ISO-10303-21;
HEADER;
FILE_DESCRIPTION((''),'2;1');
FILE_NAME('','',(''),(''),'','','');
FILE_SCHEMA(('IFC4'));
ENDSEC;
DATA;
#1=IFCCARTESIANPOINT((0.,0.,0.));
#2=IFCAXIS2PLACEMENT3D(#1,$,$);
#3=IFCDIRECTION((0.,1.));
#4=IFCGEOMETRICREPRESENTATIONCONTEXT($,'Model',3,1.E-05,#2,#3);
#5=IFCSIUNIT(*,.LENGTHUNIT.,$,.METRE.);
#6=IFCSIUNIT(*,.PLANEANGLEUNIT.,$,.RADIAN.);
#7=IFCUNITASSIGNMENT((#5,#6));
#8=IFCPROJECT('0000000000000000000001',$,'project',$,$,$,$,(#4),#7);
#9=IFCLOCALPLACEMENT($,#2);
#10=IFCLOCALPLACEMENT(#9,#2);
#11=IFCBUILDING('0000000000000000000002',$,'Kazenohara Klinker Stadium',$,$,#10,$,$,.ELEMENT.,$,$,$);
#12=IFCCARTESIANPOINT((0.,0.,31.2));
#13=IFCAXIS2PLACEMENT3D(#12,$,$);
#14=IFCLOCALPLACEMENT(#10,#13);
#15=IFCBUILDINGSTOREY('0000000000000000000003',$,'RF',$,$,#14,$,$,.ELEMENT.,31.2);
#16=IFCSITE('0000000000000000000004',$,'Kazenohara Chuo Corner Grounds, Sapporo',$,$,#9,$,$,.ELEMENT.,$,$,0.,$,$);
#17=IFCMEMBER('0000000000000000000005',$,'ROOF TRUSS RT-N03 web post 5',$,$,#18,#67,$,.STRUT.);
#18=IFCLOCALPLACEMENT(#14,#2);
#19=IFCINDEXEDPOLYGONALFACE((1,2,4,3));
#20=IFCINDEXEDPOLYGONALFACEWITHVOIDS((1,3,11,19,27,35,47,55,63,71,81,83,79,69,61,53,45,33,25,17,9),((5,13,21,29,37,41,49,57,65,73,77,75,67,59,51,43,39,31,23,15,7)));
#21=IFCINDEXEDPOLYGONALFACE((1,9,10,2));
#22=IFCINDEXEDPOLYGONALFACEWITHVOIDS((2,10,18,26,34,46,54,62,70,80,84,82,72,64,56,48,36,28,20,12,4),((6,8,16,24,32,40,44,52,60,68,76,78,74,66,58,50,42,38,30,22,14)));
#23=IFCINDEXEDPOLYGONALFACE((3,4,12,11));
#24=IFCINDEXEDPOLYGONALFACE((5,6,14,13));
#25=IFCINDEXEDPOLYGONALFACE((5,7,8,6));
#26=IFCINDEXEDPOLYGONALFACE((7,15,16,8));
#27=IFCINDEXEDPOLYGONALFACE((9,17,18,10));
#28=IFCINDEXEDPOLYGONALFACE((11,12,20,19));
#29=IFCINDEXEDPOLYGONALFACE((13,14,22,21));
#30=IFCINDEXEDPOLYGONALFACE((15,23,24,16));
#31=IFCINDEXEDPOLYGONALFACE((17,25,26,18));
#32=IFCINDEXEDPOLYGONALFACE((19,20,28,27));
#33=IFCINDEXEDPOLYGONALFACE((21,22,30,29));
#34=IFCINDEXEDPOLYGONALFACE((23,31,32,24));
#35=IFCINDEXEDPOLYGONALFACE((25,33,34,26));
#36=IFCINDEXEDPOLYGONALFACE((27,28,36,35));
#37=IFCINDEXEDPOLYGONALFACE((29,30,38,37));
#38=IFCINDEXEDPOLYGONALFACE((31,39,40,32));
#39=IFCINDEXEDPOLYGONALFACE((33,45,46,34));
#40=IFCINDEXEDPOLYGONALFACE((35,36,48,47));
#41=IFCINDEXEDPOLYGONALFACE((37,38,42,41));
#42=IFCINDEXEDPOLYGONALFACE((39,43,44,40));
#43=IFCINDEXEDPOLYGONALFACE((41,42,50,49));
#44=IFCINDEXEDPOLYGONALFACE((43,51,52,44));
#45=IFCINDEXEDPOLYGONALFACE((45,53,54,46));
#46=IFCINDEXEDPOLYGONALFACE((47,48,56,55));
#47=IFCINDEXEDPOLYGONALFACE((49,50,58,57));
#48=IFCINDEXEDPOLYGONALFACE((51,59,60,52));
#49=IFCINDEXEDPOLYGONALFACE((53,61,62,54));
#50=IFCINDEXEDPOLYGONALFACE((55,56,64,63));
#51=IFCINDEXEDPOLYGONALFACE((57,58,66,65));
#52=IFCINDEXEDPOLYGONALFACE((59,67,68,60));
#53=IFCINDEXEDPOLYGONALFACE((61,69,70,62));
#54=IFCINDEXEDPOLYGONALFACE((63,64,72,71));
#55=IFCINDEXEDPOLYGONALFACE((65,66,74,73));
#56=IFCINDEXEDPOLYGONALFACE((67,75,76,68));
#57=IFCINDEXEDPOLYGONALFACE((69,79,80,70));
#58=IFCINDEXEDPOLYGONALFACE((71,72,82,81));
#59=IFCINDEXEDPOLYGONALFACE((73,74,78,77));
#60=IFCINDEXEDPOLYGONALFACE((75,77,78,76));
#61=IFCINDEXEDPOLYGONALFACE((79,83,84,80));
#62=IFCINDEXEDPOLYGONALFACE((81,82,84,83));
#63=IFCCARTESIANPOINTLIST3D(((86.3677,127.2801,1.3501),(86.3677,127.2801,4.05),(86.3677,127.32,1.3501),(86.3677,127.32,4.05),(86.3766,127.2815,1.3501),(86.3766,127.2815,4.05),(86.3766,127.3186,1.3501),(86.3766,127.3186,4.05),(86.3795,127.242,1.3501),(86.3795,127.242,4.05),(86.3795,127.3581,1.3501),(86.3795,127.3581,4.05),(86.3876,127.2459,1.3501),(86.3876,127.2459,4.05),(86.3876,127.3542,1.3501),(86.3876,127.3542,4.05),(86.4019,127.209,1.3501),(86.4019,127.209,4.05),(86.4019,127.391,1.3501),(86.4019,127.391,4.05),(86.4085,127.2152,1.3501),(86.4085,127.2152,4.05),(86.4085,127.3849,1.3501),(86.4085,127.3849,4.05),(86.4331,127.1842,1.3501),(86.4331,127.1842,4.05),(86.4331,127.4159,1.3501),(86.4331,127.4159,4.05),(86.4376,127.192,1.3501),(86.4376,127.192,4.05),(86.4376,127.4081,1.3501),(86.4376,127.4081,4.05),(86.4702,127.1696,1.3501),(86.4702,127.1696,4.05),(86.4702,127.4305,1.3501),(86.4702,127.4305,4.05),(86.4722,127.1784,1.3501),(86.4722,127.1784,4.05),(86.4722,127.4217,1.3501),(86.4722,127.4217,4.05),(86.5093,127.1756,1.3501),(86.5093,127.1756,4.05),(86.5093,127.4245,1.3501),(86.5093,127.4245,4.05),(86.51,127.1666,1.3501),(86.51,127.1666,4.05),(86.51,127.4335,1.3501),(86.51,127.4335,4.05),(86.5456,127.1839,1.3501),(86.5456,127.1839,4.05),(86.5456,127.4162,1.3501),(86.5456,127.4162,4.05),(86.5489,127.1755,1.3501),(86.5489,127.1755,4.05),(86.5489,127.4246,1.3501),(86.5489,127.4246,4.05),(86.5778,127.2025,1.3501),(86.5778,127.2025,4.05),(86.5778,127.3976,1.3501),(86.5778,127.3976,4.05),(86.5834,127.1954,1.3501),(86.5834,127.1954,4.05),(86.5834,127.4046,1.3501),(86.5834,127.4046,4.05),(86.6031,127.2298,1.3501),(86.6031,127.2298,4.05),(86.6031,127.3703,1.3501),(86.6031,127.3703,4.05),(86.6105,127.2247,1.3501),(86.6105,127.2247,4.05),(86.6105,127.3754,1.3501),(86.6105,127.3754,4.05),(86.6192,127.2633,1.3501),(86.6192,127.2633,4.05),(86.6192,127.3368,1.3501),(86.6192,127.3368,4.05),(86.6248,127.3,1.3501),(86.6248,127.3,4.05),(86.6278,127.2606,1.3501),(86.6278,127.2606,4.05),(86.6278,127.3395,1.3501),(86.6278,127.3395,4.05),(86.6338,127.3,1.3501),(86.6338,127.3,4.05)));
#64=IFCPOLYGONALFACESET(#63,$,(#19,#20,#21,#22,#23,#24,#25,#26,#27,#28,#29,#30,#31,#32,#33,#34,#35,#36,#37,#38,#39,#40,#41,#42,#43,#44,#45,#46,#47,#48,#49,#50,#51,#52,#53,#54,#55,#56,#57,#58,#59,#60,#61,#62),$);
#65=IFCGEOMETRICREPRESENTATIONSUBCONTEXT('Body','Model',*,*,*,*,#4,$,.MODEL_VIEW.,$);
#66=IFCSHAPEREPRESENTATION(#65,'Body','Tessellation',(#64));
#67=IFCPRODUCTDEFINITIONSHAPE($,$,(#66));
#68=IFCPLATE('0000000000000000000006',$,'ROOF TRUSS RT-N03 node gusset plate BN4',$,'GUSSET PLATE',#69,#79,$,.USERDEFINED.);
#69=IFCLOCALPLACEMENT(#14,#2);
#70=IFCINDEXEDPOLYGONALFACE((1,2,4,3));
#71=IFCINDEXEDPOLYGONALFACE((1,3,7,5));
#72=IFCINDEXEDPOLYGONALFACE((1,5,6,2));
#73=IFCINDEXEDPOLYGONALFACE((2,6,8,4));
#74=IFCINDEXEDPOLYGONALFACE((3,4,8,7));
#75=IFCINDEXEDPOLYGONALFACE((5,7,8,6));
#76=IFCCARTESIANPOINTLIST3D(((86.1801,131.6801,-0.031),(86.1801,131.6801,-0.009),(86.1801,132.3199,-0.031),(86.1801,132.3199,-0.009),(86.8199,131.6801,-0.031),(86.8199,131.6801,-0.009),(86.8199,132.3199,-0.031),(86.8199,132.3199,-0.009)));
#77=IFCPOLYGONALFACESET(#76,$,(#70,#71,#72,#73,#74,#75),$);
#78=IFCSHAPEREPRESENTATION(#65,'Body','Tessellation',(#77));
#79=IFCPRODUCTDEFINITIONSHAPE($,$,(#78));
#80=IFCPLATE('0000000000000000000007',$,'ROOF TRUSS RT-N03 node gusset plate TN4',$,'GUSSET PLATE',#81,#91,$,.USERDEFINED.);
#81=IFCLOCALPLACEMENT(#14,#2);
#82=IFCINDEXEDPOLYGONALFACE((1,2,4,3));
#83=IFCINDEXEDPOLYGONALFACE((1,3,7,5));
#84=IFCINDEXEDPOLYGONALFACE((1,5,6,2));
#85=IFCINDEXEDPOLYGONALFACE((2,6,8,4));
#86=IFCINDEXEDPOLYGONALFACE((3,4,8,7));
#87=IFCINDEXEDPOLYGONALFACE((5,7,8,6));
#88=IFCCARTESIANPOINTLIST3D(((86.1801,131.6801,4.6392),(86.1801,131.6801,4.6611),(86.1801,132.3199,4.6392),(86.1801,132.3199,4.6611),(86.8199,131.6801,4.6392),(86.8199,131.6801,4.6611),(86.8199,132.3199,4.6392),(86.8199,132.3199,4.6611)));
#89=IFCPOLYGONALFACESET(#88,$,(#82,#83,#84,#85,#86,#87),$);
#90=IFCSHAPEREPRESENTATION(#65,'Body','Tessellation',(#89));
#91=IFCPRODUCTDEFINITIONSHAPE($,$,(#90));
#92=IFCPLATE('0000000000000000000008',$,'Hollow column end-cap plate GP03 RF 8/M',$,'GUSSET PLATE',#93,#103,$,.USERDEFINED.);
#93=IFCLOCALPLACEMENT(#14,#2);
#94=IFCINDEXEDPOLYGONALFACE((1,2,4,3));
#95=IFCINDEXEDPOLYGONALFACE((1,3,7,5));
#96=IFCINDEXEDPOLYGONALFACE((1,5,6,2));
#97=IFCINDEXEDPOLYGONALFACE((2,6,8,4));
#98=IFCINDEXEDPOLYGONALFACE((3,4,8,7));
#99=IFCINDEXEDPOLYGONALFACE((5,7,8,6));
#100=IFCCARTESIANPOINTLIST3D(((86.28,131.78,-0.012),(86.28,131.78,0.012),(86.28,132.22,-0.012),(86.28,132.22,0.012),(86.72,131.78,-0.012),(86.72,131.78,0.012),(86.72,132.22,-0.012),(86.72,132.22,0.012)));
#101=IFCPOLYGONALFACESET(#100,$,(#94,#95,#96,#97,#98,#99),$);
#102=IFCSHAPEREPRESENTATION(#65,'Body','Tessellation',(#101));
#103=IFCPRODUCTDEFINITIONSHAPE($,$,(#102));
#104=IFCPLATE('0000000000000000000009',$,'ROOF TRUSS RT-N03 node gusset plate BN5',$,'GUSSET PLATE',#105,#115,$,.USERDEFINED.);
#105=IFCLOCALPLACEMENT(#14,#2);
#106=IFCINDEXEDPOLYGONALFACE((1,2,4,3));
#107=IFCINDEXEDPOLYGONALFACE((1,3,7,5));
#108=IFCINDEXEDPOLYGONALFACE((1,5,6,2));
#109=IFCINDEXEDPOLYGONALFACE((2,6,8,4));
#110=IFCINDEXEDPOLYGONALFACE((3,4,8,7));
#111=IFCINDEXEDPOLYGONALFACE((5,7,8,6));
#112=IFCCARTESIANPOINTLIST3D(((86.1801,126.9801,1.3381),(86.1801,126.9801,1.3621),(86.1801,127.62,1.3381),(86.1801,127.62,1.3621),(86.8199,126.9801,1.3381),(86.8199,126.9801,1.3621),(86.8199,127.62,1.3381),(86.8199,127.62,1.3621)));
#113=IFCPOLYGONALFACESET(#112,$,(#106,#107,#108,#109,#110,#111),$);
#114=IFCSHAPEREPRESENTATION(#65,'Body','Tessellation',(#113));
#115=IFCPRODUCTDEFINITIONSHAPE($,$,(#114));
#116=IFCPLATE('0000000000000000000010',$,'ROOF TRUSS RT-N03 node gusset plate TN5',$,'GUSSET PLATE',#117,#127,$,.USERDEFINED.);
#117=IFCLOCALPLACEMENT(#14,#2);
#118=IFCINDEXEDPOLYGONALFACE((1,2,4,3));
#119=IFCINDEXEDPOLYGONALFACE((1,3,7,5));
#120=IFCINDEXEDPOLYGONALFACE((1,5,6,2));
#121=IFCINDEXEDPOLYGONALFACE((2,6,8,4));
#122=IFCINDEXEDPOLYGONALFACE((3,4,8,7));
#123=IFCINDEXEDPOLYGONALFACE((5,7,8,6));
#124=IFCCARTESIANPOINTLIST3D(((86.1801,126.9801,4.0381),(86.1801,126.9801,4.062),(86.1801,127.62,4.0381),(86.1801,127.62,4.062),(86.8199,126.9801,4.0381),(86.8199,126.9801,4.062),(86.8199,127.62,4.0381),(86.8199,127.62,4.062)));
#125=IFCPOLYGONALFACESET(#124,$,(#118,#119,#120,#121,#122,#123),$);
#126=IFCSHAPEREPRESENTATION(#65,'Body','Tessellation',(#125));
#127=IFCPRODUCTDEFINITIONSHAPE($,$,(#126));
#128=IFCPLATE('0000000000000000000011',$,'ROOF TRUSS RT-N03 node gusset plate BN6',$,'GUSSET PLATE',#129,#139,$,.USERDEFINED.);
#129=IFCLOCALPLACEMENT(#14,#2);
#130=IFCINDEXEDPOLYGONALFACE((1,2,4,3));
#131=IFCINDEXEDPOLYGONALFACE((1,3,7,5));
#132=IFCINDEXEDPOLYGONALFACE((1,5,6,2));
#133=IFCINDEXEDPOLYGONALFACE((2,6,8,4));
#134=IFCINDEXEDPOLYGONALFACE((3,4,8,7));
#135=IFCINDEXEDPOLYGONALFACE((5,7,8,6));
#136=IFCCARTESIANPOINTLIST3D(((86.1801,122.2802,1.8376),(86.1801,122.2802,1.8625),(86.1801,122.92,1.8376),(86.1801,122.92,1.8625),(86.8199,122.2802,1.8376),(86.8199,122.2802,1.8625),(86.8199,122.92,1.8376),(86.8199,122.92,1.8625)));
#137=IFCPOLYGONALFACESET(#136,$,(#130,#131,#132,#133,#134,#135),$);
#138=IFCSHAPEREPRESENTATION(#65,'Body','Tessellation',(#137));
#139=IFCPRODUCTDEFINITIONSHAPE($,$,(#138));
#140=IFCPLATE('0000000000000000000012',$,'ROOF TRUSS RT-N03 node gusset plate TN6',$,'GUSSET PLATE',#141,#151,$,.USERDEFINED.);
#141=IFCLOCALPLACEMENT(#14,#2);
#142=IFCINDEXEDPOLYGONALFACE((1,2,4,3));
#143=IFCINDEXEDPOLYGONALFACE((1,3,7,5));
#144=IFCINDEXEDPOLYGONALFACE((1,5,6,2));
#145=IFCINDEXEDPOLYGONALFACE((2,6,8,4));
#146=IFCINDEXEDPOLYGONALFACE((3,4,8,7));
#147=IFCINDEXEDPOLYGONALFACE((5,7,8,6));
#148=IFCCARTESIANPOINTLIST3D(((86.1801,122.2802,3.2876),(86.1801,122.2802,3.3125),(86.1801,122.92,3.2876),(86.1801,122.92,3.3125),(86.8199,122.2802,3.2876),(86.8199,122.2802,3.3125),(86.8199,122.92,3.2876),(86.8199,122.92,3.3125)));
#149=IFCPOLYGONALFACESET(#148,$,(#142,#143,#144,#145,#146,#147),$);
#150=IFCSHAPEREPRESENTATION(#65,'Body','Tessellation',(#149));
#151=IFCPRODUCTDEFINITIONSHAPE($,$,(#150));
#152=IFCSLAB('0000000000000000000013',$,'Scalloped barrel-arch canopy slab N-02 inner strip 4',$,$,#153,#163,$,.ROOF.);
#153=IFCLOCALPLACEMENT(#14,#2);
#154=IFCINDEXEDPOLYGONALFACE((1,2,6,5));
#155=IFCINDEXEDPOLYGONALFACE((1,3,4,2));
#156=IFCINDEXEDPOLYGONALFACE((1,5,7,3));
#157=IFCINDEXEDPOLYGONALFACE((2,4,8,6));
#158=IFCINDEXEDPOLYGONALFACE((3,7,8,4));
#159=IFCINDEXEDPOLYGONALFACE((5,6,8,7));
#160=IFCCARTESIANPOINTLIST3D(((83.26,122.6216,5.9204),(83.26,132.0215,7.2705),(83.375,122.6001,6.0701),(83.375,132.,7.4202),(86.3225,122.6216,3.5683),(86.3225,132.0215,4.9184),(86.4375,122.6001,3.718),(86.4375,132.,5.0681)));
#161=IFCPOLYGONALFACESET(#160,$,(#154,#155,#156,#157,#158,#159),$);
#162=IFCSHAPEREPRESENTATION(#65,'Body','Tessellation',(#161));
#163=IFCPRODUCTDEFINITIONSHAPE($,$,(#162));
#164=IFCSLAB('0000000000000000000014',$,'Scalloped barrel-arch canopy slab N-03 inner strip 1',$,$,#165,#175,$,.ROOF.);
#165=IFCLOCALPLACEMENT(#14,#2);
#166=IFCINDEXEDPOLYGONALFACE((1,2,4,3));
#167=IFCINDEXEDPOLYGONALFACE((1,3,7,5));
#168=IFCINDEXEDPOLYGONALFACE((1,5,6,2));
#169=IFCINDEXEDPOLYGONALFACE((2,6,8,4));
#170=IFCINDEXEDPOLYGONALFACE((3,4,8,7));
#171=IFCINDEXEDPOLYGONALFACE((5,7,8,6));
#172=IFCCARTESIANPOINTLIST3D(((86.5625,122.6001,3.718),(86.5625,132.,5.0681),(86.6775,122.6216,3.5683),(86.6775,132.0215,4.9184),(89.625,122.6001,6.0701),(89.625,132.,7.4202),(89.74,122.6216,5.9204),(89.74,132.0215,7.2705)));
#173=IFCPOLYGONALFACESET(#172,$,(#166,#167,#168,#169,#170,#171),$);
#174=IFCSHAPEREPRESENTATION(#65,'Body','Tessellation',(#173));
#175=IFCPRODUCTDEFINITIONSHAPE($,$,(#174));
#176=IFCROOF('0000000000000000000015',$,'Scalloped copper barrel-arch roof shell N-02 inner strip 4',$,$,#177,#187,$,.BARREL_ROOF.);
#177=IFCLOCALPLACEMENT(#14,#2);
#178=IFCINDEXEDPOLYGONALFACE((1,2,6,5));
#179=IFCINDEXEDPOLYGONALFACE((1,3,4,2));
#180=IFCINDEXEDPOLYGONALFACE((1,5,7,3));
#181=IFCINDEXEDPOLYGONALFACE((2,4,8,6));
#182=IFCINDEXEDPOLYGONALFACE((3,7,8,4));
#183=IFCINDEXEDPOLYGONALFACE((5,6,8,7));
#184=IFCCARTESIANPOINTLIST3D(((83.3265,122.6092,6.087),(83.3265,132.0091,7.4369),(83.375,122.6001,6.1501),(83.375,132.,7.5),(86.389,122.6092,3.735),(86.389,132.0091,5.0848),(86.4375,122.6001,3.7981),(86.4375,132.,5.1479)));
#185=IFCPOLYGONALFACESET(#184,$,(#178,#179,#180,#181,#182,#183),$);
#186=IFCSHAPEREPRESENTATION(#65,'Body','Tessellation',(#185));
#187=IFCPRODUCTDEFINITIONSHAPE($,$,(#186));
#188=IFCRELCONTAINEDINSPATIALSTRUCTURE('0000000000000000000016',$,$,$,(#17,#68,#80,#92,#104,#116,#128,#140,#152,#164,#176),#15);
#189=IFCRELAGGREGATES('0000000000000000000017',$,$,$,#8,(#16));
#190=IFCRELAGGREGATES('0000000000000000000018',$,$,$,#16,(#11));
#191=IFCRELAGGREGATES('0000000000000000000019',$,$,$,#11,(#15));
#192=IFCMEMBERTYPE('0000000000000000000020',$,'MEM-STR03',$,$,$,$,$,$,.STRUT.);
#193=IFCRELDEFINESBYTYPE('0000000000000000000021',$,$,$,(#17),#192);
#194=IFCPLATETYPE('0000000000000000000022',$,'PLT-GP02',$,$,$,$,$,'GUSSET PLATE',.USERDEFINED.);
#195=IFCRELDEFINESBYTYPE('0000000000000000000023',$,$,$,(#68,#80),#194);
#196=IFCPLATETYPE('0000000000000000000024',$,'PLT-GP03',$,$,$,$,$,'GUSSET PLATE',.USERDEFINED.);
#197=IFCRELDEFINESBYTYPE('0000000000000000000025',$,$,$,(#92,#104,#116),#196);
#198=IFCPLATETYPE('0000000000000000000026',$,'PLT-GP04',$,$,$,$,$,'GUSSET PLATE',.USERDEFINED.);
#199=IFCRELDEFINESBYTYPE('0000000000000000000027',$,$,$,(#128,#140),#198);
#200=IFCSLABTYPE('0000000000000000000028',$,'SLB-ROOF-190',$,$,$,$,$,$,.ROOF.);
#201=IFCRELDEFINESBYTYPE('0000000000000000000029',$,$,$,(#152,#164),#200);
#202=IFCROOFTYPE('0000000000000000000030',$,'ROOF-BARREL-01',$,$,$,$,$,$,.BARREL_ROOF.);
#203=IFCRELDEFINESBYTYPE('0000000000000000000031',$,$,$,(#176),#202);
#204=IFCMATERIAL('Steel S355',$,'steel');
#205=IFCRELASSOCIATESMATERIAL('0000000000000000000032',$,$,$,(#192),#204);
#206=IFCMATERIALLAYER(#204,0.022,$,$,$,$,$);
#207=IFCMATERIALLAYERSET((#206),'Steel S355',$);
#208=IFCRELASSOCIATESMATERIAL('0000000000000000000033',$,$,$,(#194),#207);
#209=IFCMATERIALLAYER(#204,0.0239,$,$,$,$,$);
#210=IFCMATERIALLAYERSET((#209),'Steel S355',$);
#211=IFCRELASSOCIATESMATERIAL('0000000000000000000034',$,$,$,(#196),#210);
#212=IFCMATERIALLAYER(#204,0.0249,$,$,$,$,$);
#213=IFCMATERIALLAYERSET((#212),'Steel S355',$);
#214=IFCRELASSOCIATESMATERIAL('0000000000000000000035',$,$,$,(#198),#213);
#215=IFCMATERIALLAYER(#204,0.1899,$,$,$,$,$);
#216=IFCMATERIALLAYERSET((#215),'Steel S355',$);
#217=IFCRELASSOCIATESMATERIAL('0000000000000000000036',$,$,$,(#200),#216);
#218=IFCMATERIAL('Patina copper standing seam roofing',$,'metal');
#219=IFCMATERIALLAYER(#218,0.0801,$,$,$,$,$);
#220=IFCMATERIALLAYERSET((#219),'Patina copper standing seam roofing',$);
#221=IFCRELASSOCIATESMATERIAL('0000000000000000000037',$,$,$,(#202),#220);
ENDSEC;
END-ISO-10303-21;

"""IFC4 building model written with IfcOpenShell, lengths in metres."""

from ifc_helpers import new_model, si_unit, direction, frame, origin, origin_2d, place, context, subcontext, project, spatial, polyline, rectangle, hollow_circle, outline, extrude, material, layer, layer_set, material_profile, profile_set, type_object, element, save


model = new_model("IFC4")

# Units and contexts
model_context = context("Model", 3, precision=1e-05, world=origin(), true_north=direction((0.0, 1.0)))
body_context = subcontext(model_context, "Body", "Model", "MODEL_VIEW")
ifc_project = project(units=[si_unit("LENGTHUNIT", "METRE"), si_unit("PLANEANGLEUNIT", "RADIAN")], contexts=[model_context])

# Site, building, storey
site_placement = place(None, origin())
site = spatial("IfcSite", under=ifc_project, at=site_placement, Name="Kazenohara Chuo Corner Grounds, Sapporo", CompositionType="ELEMENT", RefElevation=0.0)
building_placement = place(site_placement, origin())
building = spatial("IfcBuilding", under=site, at=building_placement, Name="Kazenohara Klinker Stadium", CompositionType="ELEMENT")
storey_placement = place(building_placement, frame((0.0, 0.0, 31.2)))
storey = spatial("IfcBuildingStorey", under=building, at=storey_placement, Name="RF", CompositionType="ELEMENT", Elevation=31.2)

# Member
ifc_material_1 = material(Name="Steel S355", Category="steel")
ifc_material_profile_1 = material_profile(ifc_material_1, hollow_circle(Radius=0.1338, WallThickness=0.009, at=origin_2d()), Name="CHS-267.4x9")
ifc_profile_set_1 = profile_set([ifc_material_profile_1], Name="Steel S355")
member_type_1 = type_object("IfcMemberType", Name="MEM-STR03", PredefinedType="STRUT", material=ifc_profile_set_1)
member_1_placement = place(storey_placement, frame((86.5, 127.3, 1.3501), z_axis=(0.0, 0.0, 1.0), x_axis=(1.0, 0.0, 0.0)))
element("IfcMember", 1, at=member_1_placement, inside=storey, type_object=member_type_1, Name="ROOF TRUSS RT-N03 web post 5", PredefinedType="STRUT", context=body_context, shape_type="SweptSolid", body=[
    extrude(hollow_circle(Radius=0.1338, WallThickness=0.009, at=origin_2d()), origin(), (0.0, 0.0, 1.0), 2.7),
])

# Plates
ifc_layer_1 = layer(ifc_material_1, 0.022)
ifc_layer_set_1 = layer_set([ifc_layer_1], Name="Steel S355")
plate_type_1 = type_object("IfcPlateType", Name="PLT-GP02", ElementType="GUSSET PLATE", PredefinedType="USERDEFINED", material=ifc_layer_set_1)
for number, where, z_axis, x_axis, name in (
    (2, (86.5, 132.0, -0.031), (0.0, 0.0, 1.0), (1.0, 0.0, 0.0), "ROOF TRUSS RT-N03 node gusset plate BN4"),
    (3, (86.5, 132.0, 4.6392), (0.0, 0.0, 1.0), (1.0, 0.0, 0.0), "ROOF TRUSS RT-N03 node gusset plate TN4"),
):
    element("IfcPlate", number, at=place(storey_placement, frame(where, z_axis=z_axis, x_axis=x_axis)), inside=storey, type_object=plate_type_1, Name=name, ObjectType="GUSSET PLATE", PredefinedType="USERDEFINED", context=body_context, shape_type="SweptSolid", body=[
        extrude(rectangle(XDim=0.6399, YDim=0.6399, at=origin_2d()), origin(), (0.0, 0.0, 1.0), 0.022),
    ])
ifc_layer_2 = layer(ifc_material_1, 0.0239)
ifc_layer_set_2 = layer_set([ifc_layer_2], Name="Steel S355")
plate_type_2 = type_object("IfcPlateType", Name="PLT-GP03", ElementType="GUSSET PLATE", PredefinedType="USERDEFINED", material=ifc_layer_set_2)
plate_placement = place(storey_placement, frame((86.5, 132.0, -0.012), z_axis=(0.0, 0.0, 1.0), x_axis=(1.0, 0.0, 0.0)))
element("IfcPlate", 4, at=plate_placement, inside=storey, type_object=plate_type_2, Name="Hollow column end-cap plate GP03 RF 8/M", ObjectType="GUSSET PLATE", PredefinedType="USERDEFINED", context=body_context, shape_type="SweptSolid", body=[
    extrude(rectangle(XDim=0.4399, YDim=0.4399, at=origin_2d()), origin(), (0.0, 0.0, 1.0), 0.0239),
])
for number, where, z_axis, x_axis, name in (
    (5, (86.5, 127.3, 1.3381), (0.0, 0.0, 1.0), (1.0, 0.0, 0.0), "ROOF TRUSS RT-N03 node gusset plate BN5"),
    (6, (86.5, 127.3, 4.0381), (0.0, 0.0, 1.0), (1.0, 0.0, 0.0), "ROOF TRUSS RT-N03 node gusset plate TN5"),
):
    element("IfcPlate", number, at=place(storey_placement, frame(where, z_axis=z_axis, x_axis=x_axis)), inside=storey, type_object=plate_type_2, Name=name, ObjectType="GUSSET PLATE", PredefinedType="USERDEFINED", context=body_context, shape_type="SweptSolid", body=[
        extrude(rectangle(XDim=0.6399, YDim=0.6399, at=origin_2d()), origin(), (0.0, 0.0, 1.0), 0.0239),
    ])
ifc_layer_3 = layer(ifc_material_1, 0.0249)
ifc_layer_set_3 = layer_set([ifc_layer_3], Name="Steel S355")
plate_type_3 = type_object("IfcPlateType", Name="PLT-GP04", ElementType="GUSSET PLATE", PredefinedType="USERDEFINED", material=ifc_layer_set_3)
for number, where, z_axis, x_axis, name in (
    (7, (86.5, 122.6001, 1.8376), (0.0, 0.0, 1.0), (1.0, 0.0, 0.0), "ROOF TRUSS RT-N03 node gusset plate BN6"),
    (8, (86.5, 122.6001, 3.2876), (0.0, 0.0, 1.0), (1.0, 0.0, 0.0), "ROOF TRUSS RT-N03 node gusset plate TN6"),
):
    element("IfcPlate", number, at=place(storey_placement, frame(where, z_axis=z_axis, x_axis=x_axis)), inside=storey, type_object=plate_type_3, Name=name, ObjectType="GUSSET PLATE", PredefinedType="USERDEFINED", context=body_context, shape_type="SweptSolid", body=[
        extrude(rectangle(XDim=0.6399, YDim=0.6399, at=origin_2d()), origin(), (0.0, 0.0, 1.0), 0.0249),
    ])

# Slabs
ifc_layer_4 = layer(ifc_material_1, 0.1899)
ifc_layer_set_4 = layer_set([ifc_layer_4], Name="Steel S355")
slab_type = type_object("IfcSlabType", Name="SLB-ROOF-190", PredefinedType="ROOF", material=ifc_layer_set_4)
slab_1_placement = place(storey_placement, frame((83.375, 132.0, 7.4202), z_axis=(0.605192, -0.113179, 0.787993), x_axis=(0.0, -0.989842, -0.14217)))
element("IfcSlab", 9, at=slab_1_placement, inside=storey, type_object=slab_type, Name="Scalloped barrel-arch canopy slab N-02 inner strip 4", PredefinedType="ROOF", context=body_context, shape_type="SweptSolid", body=[
    extrude(outline(polyline([(0.0, 0.0), (9.4964, 0.0), (9.8308, 3.847), (0.3344, 3.847), (0.0, 0.0)])), origin(), (0.0, 0.0, -1.0), 0.1899),
])
slab_2_placement = place(storey_placement, frame((86.5625, 132.0, 5.0681), z_axis=(-0.605192, -0.113179, 0.787993), x_axis=(0.0, -0.989842, -0.14217)))
element("IfcSlab", 10, at=slab_2_placement, inside=storey, type_object=slab_type, Name="Scalloped barrel-arch canopy slab N-03 inner strip 1", PredefinedType="ROOF", context=body_context, shape_type="SweptSolid", body=[
    extrude(outline(polyline([(0.0, 0.0), (9.4964, 0.0), (9.162, 3.847), (-0.3344, 3.847), (0.0, 0.0)])), origin(), (0.0, 0.0, -1.0), 0.1899),
])

# Roof
ifc_material_2 = material(Name="Patina copper standing seam roofing", Category="metal")
ifc_layer_5 = layer(ifc_material_2, 0.0801)
ifc_layer_set_5 = layer_set([ifc_layer_5], Name="Patina copper standing seam roofing")
roof_type = type_object("IfcRoofType", Name="ROOF-BARREL-01", PredefinedType="BARREL_ROOF", material=ifc_layer_set_5)
roof_placement = place(storey_placement, frame((83.375, 132.0, 7.5), z_axis=(0.605193, -0.113158, 0.787995), x_axis=(0.0, -0.989846, -0.142145)))
element("IfcRoof", 11, at=roof_placement, inside=storey, type_object=roof_type, Name="Scalloped copper barrel-arch roof shell N-02 inner strip 4", PredefinedType="BARREL_ROOF", context=body_context, shape_type="SweptSolid", body=[
    extrude(outline(polyline([(0.0, 0.0), (9.4963, 0.0), (9.8307, 3.847), (0.3343, 3.847), (0.0, 0.0)])), origin(), (0.0, 0.0, -1.0), 0.0801),
])

save(model, "model.ifc")
